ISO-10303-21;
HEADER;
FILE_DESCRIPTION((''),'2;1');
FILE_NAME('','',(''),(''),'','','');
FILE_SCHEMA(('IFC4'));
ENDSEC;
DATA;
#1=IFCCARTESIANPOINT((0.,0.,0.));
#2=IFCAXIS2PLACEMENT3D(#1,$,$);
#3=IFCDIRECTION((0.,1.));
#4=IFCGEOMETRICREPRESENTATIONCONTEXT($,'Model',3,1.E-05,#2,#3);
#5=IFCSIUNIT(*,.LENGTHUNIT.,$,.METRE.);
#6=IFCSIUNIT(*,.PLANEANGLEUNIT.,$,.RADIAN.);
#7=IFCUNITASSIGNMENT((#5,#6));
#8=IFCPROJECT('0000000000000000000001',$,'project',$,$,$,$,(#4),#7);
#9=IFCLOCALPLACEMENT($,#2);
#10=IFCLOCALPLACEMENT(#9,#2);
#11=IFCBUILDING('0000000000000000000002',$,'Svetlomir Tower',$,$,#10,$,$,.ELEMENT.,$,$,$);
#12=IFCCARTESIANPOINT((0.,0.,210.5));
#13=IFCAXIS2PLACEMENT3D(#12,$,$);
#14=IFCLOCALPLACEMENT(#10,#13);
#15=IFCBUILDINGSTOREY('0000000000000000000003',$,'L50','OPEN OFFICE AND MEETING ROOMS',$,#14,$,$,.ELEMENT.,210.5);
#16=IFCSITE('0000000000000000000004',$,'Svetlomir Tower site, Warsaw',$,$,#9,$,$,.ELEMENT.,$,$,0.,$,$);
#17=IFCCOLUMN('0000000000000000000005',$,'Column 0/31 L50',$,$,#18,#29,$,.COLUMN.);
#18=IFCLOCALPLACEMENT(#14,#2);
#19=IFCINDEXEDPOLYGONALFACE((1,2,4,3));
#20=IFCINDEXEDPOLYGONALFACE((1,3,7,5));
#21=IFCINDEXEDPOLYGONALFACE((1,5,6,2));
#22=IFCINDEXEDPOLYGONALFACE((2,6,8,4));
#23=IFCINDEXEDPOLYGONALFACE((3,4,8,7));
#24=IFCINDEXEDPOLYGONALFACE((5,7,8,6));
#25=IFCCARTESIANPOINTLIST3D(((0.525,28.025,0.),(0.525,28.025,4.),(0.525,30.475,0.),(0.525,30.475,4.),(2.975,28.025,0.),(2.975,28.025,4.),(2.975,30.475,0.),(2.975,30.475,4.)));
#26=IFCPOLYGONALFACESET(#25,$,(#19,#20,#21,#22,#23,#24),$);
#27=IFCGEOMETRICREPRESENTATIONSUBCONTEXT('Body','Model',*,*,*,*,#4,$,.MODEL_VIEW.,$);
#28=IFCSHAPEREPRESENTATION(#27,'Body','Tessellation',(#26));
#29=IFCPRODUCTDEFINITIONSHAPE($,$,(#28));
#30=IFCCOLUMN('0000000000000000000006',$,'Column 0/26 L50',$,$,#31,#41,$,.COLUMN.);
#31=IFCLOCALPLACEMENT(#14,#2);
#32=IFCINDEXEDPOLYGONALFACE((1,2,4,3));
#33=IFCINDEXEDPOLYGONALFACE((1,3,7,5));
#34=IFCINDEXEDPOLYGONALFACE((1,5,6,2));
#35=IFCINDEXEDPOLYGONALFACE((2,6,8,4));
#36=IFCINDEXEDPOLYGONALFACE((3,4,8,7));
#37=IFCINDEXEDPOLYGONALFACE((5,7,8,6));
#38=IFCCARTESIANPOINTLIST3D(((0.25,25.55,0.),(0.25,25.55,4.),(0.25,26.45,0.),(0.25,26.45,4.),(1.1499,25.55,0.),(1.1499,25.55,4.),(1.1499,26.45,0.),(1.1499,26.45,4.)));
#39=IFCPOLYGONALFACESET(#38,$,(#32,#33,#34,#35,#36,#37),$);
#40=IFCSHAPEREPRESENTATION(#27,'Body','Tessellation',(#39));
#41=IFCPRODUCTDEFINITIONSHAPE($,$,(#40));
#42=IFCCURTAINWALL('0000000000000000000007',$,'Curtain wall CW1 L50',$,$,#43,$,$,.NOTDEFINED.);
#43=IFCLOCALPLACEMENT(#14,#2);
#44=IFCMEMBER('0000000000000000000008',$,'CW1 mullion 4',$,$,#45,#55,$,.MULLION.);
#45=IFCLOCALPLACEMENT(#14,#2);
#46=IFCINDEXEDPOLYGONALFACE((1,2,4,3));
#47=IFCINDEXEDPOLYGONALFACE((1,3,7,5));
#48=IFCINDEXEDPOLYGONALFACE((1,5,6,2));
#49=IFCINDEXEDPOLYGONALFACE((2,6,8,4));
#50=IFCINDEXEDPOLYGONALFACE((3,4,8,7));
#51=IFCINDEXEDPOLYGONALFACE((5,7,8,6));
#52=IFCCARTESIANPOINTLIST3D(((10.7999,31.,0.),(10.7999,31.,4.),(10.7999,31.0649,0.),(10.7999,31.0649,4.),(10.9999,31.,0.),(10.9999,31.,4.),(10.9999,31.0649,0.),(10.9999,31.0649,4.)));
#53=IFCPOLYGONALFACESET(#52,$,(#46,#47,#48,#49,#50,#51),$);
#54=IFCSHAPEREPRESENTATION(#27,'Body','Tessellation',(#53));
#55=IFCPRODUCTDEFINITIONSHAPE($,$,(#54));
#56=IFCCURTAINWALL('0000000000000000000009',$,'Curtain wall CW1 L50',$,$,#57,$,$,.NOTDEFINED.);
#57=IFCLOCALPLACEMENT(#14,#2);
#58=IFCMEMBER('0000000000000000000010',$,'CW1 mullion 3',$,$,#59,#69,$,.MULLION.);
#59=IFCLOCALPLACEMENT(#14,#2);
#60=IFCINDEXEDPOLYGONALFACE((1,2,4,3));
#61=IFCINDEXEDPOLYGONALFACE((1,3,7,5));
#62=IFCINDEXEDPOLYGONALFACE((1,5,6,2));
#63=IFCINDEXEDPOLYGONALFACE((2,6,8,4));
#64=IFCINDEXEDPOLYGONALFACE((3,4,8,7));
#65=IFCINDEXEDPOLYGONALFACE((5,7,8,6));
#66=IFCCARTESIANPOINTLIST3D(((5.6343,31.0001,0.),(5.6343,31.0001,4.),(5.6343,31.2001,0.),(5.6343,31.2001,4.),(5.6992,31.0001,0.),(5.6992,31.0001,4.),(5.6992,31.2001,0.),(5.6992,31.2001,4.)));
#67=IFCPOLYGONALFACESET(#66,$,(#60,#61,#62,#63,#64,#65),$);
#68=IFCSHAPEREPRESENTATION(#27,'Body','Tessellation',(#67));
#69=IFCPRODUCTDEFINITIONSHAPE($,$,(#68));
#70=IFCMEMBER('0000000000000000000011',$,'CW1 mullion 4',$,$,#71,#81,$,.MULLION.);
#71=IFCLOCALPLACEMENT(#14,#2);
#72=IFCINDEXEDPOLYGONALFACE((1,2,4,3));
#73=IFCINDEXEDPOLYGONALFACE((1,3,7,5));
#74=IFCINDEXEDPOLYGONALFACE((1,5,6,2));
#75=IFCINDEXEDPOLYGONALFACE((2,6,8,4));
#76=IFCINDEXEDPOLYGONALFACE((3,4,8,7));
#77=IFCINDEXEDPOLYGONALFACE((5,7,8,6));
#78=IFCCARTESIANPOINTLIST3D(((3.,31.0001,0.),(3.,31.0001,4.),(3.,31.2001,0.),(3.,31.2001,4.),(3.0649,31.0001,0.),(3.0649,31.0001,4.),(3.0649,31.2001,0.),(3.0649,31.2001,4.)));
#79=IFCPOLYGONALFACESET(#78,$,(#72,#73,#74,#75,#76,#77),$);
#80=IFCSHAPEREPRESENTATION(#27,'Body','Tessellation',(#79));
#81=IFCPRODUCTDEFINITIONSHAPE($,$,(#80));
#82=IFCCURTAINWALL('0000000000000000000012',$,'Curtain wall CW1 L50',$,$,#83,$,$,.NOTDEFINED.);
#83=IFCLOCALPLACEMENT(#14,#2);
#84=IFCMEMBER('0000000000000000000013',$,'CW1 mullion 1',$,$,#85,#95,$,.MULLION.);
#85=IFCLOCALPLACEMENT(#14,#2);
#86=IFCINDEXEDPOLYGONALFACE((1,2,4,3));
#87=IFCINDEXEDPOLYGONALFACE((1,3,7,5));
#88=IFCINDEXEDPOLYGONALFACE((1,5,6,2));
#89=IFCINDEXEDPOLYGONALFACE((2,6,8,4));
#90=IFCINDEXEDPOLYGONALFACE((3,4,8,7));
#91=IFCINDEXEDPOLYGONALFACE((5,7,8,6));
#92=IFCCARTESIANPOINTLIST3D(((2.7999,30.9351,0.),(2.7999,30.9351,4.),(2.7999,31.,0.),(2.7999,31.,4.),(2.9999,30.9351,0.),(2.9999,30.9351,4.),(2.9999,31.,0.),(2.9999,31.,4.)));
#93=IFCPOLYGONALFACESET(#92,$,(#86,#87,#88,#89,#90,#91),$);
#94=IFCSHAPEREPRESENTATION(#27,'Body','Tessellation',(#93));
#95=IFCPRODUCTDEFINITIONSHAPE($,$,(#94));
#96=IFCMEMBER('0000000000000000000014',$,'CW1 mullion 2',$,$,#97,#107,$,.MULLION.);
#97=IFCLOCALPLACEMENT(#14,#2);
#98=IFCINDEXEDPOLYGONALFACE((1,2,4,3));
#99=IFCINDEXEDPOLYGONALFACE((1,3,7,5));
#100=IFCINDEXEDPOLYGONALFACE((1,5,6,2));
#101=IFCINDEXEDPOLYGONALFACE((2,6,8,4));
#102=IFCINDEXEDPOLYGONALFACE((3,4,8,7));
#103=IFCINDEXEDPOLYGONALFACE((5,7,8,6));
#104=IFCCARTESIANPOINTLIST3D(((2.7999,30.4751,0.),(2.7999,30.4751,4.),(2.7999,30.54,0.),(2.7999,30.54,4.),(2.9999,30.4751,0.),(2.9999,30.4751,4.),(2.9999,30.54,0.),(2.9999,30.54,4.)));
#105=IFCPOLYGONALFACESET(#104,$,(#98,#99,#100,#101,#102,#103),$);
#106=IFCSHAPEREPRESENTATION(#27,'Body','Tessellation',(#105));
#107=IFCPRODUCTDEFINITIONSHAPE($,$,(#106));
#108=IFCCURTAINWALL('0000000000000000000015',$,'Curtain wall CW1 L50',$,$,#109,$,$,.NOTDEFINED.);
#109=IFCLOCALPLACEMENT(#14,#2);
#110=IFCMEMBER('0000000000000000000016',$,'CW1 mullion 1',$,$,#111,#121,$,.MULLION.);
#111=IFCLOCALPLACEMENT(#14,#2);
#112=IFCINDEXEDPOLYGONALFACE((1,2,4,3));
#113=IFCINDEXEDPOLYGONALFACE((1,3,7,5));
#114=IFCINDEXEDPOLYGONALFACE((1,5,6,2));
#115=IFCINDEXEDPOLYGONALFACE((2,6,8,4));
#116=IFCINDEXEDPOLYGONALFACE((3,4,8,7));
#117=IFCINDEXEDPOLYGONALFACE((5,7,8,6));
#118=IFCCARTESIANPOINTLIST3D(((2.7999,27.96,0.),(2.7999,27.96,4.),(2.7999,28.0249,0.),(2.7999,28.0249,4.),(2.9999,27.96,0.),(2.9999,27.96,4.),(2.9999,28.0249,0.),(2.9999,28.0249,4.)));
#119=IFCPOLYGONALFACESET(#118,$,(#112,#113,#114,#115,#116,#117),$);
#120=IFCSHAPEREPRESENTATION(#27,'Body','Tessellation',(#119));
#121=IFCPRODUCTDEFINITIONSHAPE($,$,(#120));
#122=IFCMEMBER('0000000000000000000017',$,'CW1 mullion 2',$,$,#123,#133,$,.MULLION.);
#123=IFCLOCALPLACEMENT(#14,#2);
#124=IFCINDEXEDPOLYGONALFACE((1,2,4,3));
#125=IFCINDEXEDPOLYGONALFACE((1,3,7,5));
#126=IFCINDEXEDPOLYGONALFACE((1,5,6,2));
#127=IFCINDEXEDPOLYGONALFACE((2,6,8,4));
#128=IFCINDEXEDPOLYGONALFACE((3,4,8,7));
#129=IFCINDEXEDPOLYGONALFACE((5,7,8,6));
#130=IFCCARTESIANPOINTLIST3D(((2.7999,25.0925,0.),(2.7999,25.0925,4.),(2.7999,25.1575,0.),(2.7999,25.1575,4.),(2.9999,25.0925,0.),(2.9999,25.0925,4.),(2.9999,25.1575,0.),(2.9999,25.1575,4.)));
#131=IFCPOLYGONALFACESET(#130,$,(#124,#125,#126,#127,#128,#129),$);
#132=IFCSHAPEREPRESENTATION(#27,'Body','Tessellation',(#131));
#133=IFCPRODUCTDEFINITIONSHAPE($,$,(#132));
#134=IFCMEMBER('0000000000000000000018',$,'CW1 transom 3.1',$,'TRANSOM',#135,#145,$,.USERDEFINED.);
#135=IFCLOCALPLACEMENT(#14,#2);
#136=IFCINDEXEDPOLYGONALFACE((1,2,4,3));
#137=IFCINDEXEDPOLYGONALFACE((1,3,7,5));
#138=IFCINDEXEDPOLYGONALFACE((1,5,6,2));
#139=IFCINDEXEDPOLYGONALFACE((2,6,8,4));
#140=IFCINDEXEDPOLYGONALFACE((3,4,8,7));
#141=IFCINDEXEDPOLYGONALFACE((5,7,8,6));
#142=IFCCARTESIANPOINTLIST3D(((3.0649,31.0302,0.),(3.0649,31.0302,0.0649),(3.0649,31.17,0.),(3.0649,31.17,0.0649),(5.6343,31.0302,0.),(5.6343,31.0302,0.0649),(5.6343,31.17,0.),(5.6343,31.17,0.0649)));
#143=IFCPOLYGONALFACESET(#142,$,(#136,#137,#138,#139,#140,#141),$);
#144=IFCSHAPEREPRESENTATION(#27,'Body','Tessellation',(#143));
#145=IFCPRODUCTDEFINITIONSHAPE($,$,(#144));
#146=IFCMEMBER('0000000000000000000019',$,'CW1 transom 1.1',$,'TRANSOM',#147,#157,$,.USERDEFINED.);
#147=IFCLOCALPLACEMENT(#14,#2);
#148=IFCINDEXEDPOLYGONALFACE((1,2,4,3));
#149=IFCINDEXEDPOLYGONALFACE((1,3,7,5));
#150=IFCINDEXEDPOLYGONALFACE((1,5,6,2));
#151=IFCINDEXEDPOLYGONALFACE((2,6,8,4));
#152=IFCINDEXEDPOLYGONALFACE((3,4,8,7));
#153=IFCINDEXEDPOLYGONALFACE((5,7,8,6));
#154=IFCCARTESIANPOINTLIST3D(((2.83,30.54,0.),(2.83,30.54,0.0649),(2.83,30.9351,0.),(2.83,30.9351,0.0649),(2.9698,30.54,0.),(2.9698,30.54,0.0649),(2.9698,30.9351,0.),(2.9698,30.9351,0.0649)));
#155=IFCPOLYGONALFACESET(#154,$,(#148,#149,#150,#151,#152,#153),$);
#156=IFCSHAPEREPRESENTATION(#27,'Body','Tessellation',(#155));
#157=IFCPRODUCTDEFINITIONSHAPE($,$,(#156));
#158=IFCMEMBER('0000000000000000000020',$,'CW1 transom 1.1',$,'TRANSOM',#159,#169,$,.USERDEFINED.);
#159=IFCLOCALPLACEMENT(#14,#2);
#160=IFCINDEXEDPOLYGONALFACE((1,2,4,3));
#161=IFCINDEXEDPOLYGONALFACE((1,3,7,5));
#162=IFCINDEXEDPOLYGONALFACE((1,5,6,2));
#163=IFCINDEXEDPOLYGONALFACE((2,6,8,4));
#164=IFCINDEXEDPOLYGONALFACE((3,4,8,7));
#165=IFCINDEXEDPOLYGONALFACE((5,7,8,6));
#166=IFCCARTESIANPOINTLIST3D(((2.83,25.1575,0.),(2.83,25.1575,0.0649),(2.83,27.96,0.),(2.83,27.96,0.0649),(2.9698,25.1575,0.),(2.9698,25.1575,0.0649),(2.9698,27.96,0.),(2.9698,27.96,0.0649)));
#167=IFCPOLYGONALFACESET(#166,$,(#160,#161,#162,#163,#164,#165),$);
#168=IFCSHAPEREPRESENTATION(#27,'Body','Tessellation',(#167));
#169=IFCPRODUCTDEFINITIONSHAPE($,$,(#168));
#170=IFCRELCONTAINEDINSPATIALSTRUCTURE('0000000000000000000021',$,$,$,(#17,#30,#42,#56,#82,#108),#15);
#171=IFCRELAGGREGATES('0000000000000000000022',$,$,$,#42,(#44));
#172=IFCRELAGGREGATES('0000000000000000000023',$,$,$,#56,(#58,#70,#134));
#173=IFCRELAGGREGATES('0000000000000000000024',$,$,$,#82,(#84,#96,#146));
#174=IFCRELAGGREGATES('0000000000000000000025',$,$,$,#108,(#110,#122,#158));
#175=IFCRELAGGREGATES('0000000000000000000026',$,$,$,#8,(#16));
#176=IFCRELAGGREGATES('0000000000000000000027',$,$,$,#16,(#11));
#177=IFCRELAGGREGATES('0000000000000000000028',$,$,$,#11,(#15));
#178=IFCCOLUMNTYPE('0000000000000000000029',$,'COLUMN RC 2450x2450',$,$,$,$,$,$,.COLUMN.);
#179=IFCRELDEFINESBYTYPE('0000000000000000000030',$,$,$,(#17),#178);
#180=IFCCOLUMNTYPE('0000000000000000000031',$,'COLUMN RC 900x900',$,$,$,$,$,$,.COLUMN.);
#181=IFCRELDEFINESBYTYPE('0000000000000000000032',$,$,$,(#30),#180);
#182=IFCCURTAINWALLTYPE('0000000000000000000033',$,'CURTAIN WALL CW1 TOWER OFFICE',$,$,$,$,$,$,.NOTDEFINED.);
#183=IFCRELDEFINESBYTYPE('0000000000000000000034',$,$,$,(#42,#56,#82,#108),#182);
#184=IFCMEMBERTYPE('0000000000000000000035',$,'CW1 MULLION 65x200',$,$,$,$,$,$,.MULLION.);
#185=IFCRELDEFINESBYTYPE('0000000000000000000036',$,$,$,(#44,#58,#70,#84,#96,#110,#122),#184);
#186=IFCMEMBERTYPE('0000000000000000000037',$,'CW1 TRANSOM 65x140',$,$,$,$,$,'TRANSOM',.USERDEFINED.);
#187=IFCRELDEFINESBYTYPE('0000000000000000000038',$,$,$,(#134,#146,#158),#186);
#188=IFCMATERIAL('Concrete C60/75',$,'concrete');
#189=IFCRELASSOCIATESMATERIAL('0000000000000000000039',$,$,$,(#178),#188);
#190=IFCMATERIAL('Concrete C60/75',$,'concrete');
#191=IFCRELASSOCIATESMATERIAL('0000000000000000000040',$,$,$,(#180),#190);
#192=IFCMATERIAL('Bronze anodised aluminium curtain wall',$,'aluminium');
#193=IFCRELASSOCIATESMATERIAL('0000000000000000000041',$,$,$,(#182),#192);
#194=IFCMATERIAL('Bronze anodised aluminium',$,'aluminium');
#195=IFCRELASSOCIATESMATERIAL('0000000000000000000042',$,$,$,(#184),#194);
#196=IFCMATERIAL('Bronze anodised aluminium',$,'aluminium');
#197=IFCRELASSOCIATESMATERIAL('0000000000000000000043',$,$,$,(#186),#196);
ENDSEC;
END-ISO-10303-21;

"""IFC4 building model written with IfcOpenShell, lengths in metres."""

from ifc_helpers import new_model, si_unit, direction, frame, origin, origin_2d, place, context, subcontext, project, spatial, rectangle, extrude, material, material_profile, profile_set, type_object, element, aggregate, save


model = new_model("IFC4")

# Units and contexts
model_context = context("Model", 3, precision=1e-05, world=origin(), true_north=direction((0.0, 1.0)))
body_context = subcontext(model_context, "Body", "Model", "MODEL_VIEW")
ifc_project = project(units=[si_unit("LENGTHUNIT", "METRE"), si_unit("PLANEANGLEUNIT", "RADIAN")], contexts=[model_context])

# Site, building, storey
site_placement = place(None, origin())
site = spatial("IfcSite", under=ifc_project, at=site_placement, Name="Svetlomir Tower site, Warsaw", CompositionType="ELEMENT", RefElevation=0.0)
building_placement = place(site_placement, origin())
building = spatial("IfcBuilding", under=site, at=building_placement, Name="Svetlomir Tower", CompositionType="ELEMENT")
storey_placement = place(building_placement, frame((0.0, 0.0, 210.5)))
storey = spatial("IfcBuildingStorey", under=building, at=storey_placement, Name="L50", Description="OPEN OFFICE AND MEETING ROOMS", CompositionType="ELEMENT", Elevation=210.5)

# Columns
ifc_material_1 = material(Name="Concrete C60/75", Category="concrete")
ifc_material_profile_1 = material_profile(ifc_material_1, rectangle(XDim=2.45, YDim=2.45, at=origin_2d()), Name="RC 2450x2450")
ifc_profile_set_1 = profile_set([ifc_material_profile_1], Name="Concrete C60/75")
column_type_1 = type_object("IfcColumnType", Name="COLUMN RC 2450x2450", PredefinedType="COLUMN", material=ifc_profile_set_1)
column_1_placement = place(storey_placement, frame((1.75, 29.25, 0.0), z_axis=(0.0, 0.0, 1.0), x_axis=(1.0, 0.0, 0.0)))
element("IfcColumn", 1, at=column_1_placement, inside=storey, type_object=column_type_1, Name="Column 0/31 L50", PredefinedType="COLUMN", context=body_context, shape_type="SweptSolid", body=[
    extrude(rectangle(XDim=2.45, YDim=2.45, at=origin_2d()), origin(), (0.0, 0.0, 1.0), 4.0),
])
ifc_material_2 = material(Name="Concrete C60/75", Category="concrete")
ifc_material_profile_2 = material_profile(ifc_material_2, rectangle(XDim=0.8999, YDim=0.8999, at=origin_2d()), Name="RC 900x900")
ifc_profile_set_2 = profile_set([ifc_material_profile_2], Name="Concrete C60/75")
column_type_2 = type_object("IfcColumnType", Name="COLUMN RC 900x900", PredefinedType="COLUMN", material=ifc_profile_set_2)
column_2_placement = place(storey_placement, frame((0.7, 26.0, 0.0), z_axis=(0.0, 0.0, 1.0), x_axis=(1.0, 0.0, 0.0)))
element("IfcColumn", 2, at=column_2_placement, inside=storey, type_object=column_type_2, Name="Column 0/26 L50", PredefinedType="COLUMN", context=body_context, shape_type="SweptSolid", body=[
    extrude(rectangle(XDim=0.8999, YDim=0.8999, at=origin_2d()), origin(), (0.0, 0.0, 1.0), 4.0),
])

# Curtain wall, member
ifc_material_3 = material(Name="Bronze anodised aluminium curtain wall", Category="aluminium")
curtain_wall_type = type_object("IfcCurtainWallType", Name="CURTAIN WALL CW1 TOWER OFFICE", PredefinedType="NOTDEFINED", material=ifc_material_3)
curtain_wall_1_placement = place(storey_placement, origin())
curtain_wall_1 = element("IfcCurtainWall", 3, at=curtain_wall_1_placement, inside=storey, type_object=curtain_wall_type, Name="Curtain wall CW1 L50", PredefinedType="NOTDEFINED")
ifc_material_4 = material(Name="Bronze anodised aluminium", Category="aluminium")
ifc_material_profile_3 = material_profile(ifc_material_4, rectangle(XDim=0.0649, YDim=0.2, at=origin_2d()), Name="AL 65x200")
ifc_profile_set_3 = profile_set([ifc_material_profile_3], Name="Bronze anodised aluminium 6063-T6")
member_type_1 = type_object("IfcMemberType", Name="CW1 MULLION 65x200", PredefinedType="MULLION", material=ifc_profile_set_3)
member_1_placement = place(storey_placement, frame((10.8999, 31.0325, 0.0), z_axis=(0.0, 0.0, 1.0), x_axis=(0.0, -1.0, 0.0)))
member_1 = element("IfcMember", 4, at=member_1_placement, type_object=member_type_1, Name="CW1 mullion 4", PredefinedType="MULLION", context=body_context, shape_type="SweptSolid", body=[
    extrude(rectangle(XDim=0.0649, YDim=0.2, at=origin_2d()), origin(), (0.0, 0.0, 1.0), 4.0),
])
aggregate(curtain_wall_1, [member_1])

# Curtain walls, members
curtain_wall_2_placement = place(storey_placement, origin())
curtain_wall_2 = element("IfcCurtainWall", 5, at=curtain_wall_2_placement, inside=storey, type_object=curtain_wall_type, Name="Curtain wall CW1 L50", PredefinedType="NOTDEFINED")
member_2_placement = place(storey_placement, frame((5.6667, 31.1001, 0.0), z_axis=(0.0, 0.0, 1.0), x_axis=(-1.0, 0.0, 0.0)))
member_2 = element("IfcMember", 6, at=member_2_placement, type_object=member_type_1, Name="CW1 mullion 3", PredefinedType="MULLION", context=body_context, shape_type="SweptSolid", body=[
    extrude(rectangle(XDim=0.0649, YDim=0.2, at=origin_2d()), origin(), (0.0, 0.0, 1.0), 4.0),
])
member_3_placement = place(storey_placement, frame((3.0325, 31.1001, 0.0), z_axis=(0.0, 0.0, 1.0), x_axis=(-1.0, 0.0, 0.0)))
member_3 = element("IfcMember", 7, at=member_3_placement, type_object=member_type_1, Name="CW1 mullion 4", PredefinedType="MULLION", context=body_context, shape_type="SweptSolid", body=[
    extrude(rectangle(XDim=0.0649, YDim=0.2, at=origin_2d()), origin(), (0.0, 0.0, 1.0), 4.0),
])
curtain_wall_3_placement = place(storey_placement, origin())
curtain_wall_3 = element("IfcCurtainWall", 8, at=curtain_wall_3_placement, inside=storey, type_object=curtain_wall_type, Name="Curtain wall CW1 L50", PredefinedType="NOTDEFINED")
member_4_placement = place(storey_placement, frame((2.8999, 30.9675, 0.0), z_axis=(0.0, 0.0, 1.0), x_axis=(0.0, -1.0, 0.0)))
member_4 = element("IfcMember", 9, at=member_4_placement, type_object=member_type_1, Name="CW1 mullion 1", PredefinedType="MULLION", context=body_context, shape_type="SweptSolid", body=[
    extrude(rectangle(XDim=0.0649, YDim=0.2, at=origin_2d()), origin(), (0.0, 0.0, 1.0), 4.0),
])
member_5_placement = place(storey_placement, frame((2.8999, 30.5076, 0.0), z_axis=(0.0, 0.0, 1.0), x_axis=(0.0, -1.0, 0.0)))
member_5 = element("IfcMember", 10, at=member_5_placement, type_object=member_type_1, Name="CW1 mullion 2", PredefinedType="MULLION", context=body_context, shape_type="SweptSolid", body=[
    extrude(rectangle(XDim=0.0649, YDim=0.2, at=origin_2d()), origin(), (0.0, 0.0, 1.0), 4.0),
])
curtain_wall_4_placement = place(storey_placement, origin())
curtain_wall_4 = element("IfcCurtainWall", 11, at=curtain_wall_4_placement, inside=storey, type_object=curtain_wall_type, Name="Curtain wall CW1 L50", PredefinedType="NOTDEFINED")
member_6_placement = place(storey_placement, frame((2.8999, 27.9924, 0.0), z_axis=(0.0, 0.0, 1.0), x_axis=(0.0, -1.0, 0.0)))
member_6 = element("IfcMember", 12, at=member_6_placement, type_object=member_type_1, Name="CW1 mullion 1", PredefinedType="MULLION", context=body_context, shape_type="SweptSolid", body=[
    extrude(rectangle(XDim=0.0649, YDim=0.2, at=origin_2d()), origin(), (0.0, 0.0, 1.0), 4.0),
])
member_7_placement = place(storey_placement, frame((2.8999, 25.125, 0.0), z_axis=(0.0, 0.0, 1.0), x_axis=(0.0, -1.0, 0.0)))
member_7 = element("IfcMember", 13, at=member_7_placement, type_object=member_type_1, Name="CW1 mullion 2", PredefinedType="MULLION", context=body_context, shape_type="SweptSolid", body=[
    extrude(rectangle(XDim=0.0649, YDim=0.2, at=origin_2d()), origin(), (0.0, 0.0, 1.0), 4.0),
])

# Members
ifc_material_5 = material(Name="Bronze anodised aluminium", Category="aluminium")
ifc_material_profile_4 = material_profile(ifc_material_5, rectangle(XDim=0.1399, YDim=0.0649, at=origin_2d()), Name="AL 140x65")
ifc_profile_set_4 = profile_set([ifc_material_profile_4], Name="Bronze anodised aluminium 6063-T6")
member_type_2 = type_object("IfcMemberType", Name="CW1 TRANSOM 65x140", ElementType="TRANSOM", PredefinedType="USERDEFINED", material=ifc_profile_set_4)
member_8_placement = place(storey_placement, frame((5.6343, 31.1001, 0.0325), z_axis=(-1.0, 0.0, 0.0), x_axis=(0.0, -1.0, 0.0)))
member_8 = element("IfcMember", 14, at=member_8_placement, type_object=member_type_2, Name="CW1 transom 3.1", ObjectType="TRANSOM", PredefinedType="USERDEFINED", context=body_context, shape_type="SweptSolid", body=[
    extrude(rectangle(XDim=0.1399, YDim=0.0649, at=origin_2d()), origin(), (0.0, 0.0, 1.0), 2.5693),
])
member_9_placement = place(storey_placement, frame((2.8999, 30.9351, 0.0325), z_axis=(0.0, -1.0, 0.0), x_axis=(1.0, 0.0, 0.0)))
member_9 = element("IfcMember", 15, at=member_9_placement, type_object=member_type_2, Name="CW1 transom 1.1", ObjectType="TRANSOM", PredefinedType="USERDEFINED", context=body_context, shape_type="SweptSolid", body=[
    extrude(rectangle(XDim=0.1399, YDim=0.0649, at=origin_2d()), origin(), (0.0, 0.0, 1.0), 0.395),
])
member_10_placement = place(storey_placement, frame((2.8999, 27.96, 0.0325), z_axis=(0.0, -1.0, 0.0), x_axis=(1.0, 0.0, 0.0)))
member_10 = element("IfcMember", 16, at=member_10_placement, type_object=member_type_2, Name="CW1 transom 1.1", ObjectType="TRANSOM", PredefinedType="USERDEFINED", context=body_context, shape_type="SweptSolid", body=[
    extrude(rectangle(XDim=0.1399, YDim=0.0649, at=origin_2d()), origin(), (0.0, 0.0, 1.0), 2.8025),
])

aggregate(curtain_wall_2, [member_2, member_3, member_8])
aggregate(curtain_wall_3, [member_4, member_5, member_9])
aggregate(curtain_wall_4, [member_6, member_7, member_10])

save(model, "model.ifc")
